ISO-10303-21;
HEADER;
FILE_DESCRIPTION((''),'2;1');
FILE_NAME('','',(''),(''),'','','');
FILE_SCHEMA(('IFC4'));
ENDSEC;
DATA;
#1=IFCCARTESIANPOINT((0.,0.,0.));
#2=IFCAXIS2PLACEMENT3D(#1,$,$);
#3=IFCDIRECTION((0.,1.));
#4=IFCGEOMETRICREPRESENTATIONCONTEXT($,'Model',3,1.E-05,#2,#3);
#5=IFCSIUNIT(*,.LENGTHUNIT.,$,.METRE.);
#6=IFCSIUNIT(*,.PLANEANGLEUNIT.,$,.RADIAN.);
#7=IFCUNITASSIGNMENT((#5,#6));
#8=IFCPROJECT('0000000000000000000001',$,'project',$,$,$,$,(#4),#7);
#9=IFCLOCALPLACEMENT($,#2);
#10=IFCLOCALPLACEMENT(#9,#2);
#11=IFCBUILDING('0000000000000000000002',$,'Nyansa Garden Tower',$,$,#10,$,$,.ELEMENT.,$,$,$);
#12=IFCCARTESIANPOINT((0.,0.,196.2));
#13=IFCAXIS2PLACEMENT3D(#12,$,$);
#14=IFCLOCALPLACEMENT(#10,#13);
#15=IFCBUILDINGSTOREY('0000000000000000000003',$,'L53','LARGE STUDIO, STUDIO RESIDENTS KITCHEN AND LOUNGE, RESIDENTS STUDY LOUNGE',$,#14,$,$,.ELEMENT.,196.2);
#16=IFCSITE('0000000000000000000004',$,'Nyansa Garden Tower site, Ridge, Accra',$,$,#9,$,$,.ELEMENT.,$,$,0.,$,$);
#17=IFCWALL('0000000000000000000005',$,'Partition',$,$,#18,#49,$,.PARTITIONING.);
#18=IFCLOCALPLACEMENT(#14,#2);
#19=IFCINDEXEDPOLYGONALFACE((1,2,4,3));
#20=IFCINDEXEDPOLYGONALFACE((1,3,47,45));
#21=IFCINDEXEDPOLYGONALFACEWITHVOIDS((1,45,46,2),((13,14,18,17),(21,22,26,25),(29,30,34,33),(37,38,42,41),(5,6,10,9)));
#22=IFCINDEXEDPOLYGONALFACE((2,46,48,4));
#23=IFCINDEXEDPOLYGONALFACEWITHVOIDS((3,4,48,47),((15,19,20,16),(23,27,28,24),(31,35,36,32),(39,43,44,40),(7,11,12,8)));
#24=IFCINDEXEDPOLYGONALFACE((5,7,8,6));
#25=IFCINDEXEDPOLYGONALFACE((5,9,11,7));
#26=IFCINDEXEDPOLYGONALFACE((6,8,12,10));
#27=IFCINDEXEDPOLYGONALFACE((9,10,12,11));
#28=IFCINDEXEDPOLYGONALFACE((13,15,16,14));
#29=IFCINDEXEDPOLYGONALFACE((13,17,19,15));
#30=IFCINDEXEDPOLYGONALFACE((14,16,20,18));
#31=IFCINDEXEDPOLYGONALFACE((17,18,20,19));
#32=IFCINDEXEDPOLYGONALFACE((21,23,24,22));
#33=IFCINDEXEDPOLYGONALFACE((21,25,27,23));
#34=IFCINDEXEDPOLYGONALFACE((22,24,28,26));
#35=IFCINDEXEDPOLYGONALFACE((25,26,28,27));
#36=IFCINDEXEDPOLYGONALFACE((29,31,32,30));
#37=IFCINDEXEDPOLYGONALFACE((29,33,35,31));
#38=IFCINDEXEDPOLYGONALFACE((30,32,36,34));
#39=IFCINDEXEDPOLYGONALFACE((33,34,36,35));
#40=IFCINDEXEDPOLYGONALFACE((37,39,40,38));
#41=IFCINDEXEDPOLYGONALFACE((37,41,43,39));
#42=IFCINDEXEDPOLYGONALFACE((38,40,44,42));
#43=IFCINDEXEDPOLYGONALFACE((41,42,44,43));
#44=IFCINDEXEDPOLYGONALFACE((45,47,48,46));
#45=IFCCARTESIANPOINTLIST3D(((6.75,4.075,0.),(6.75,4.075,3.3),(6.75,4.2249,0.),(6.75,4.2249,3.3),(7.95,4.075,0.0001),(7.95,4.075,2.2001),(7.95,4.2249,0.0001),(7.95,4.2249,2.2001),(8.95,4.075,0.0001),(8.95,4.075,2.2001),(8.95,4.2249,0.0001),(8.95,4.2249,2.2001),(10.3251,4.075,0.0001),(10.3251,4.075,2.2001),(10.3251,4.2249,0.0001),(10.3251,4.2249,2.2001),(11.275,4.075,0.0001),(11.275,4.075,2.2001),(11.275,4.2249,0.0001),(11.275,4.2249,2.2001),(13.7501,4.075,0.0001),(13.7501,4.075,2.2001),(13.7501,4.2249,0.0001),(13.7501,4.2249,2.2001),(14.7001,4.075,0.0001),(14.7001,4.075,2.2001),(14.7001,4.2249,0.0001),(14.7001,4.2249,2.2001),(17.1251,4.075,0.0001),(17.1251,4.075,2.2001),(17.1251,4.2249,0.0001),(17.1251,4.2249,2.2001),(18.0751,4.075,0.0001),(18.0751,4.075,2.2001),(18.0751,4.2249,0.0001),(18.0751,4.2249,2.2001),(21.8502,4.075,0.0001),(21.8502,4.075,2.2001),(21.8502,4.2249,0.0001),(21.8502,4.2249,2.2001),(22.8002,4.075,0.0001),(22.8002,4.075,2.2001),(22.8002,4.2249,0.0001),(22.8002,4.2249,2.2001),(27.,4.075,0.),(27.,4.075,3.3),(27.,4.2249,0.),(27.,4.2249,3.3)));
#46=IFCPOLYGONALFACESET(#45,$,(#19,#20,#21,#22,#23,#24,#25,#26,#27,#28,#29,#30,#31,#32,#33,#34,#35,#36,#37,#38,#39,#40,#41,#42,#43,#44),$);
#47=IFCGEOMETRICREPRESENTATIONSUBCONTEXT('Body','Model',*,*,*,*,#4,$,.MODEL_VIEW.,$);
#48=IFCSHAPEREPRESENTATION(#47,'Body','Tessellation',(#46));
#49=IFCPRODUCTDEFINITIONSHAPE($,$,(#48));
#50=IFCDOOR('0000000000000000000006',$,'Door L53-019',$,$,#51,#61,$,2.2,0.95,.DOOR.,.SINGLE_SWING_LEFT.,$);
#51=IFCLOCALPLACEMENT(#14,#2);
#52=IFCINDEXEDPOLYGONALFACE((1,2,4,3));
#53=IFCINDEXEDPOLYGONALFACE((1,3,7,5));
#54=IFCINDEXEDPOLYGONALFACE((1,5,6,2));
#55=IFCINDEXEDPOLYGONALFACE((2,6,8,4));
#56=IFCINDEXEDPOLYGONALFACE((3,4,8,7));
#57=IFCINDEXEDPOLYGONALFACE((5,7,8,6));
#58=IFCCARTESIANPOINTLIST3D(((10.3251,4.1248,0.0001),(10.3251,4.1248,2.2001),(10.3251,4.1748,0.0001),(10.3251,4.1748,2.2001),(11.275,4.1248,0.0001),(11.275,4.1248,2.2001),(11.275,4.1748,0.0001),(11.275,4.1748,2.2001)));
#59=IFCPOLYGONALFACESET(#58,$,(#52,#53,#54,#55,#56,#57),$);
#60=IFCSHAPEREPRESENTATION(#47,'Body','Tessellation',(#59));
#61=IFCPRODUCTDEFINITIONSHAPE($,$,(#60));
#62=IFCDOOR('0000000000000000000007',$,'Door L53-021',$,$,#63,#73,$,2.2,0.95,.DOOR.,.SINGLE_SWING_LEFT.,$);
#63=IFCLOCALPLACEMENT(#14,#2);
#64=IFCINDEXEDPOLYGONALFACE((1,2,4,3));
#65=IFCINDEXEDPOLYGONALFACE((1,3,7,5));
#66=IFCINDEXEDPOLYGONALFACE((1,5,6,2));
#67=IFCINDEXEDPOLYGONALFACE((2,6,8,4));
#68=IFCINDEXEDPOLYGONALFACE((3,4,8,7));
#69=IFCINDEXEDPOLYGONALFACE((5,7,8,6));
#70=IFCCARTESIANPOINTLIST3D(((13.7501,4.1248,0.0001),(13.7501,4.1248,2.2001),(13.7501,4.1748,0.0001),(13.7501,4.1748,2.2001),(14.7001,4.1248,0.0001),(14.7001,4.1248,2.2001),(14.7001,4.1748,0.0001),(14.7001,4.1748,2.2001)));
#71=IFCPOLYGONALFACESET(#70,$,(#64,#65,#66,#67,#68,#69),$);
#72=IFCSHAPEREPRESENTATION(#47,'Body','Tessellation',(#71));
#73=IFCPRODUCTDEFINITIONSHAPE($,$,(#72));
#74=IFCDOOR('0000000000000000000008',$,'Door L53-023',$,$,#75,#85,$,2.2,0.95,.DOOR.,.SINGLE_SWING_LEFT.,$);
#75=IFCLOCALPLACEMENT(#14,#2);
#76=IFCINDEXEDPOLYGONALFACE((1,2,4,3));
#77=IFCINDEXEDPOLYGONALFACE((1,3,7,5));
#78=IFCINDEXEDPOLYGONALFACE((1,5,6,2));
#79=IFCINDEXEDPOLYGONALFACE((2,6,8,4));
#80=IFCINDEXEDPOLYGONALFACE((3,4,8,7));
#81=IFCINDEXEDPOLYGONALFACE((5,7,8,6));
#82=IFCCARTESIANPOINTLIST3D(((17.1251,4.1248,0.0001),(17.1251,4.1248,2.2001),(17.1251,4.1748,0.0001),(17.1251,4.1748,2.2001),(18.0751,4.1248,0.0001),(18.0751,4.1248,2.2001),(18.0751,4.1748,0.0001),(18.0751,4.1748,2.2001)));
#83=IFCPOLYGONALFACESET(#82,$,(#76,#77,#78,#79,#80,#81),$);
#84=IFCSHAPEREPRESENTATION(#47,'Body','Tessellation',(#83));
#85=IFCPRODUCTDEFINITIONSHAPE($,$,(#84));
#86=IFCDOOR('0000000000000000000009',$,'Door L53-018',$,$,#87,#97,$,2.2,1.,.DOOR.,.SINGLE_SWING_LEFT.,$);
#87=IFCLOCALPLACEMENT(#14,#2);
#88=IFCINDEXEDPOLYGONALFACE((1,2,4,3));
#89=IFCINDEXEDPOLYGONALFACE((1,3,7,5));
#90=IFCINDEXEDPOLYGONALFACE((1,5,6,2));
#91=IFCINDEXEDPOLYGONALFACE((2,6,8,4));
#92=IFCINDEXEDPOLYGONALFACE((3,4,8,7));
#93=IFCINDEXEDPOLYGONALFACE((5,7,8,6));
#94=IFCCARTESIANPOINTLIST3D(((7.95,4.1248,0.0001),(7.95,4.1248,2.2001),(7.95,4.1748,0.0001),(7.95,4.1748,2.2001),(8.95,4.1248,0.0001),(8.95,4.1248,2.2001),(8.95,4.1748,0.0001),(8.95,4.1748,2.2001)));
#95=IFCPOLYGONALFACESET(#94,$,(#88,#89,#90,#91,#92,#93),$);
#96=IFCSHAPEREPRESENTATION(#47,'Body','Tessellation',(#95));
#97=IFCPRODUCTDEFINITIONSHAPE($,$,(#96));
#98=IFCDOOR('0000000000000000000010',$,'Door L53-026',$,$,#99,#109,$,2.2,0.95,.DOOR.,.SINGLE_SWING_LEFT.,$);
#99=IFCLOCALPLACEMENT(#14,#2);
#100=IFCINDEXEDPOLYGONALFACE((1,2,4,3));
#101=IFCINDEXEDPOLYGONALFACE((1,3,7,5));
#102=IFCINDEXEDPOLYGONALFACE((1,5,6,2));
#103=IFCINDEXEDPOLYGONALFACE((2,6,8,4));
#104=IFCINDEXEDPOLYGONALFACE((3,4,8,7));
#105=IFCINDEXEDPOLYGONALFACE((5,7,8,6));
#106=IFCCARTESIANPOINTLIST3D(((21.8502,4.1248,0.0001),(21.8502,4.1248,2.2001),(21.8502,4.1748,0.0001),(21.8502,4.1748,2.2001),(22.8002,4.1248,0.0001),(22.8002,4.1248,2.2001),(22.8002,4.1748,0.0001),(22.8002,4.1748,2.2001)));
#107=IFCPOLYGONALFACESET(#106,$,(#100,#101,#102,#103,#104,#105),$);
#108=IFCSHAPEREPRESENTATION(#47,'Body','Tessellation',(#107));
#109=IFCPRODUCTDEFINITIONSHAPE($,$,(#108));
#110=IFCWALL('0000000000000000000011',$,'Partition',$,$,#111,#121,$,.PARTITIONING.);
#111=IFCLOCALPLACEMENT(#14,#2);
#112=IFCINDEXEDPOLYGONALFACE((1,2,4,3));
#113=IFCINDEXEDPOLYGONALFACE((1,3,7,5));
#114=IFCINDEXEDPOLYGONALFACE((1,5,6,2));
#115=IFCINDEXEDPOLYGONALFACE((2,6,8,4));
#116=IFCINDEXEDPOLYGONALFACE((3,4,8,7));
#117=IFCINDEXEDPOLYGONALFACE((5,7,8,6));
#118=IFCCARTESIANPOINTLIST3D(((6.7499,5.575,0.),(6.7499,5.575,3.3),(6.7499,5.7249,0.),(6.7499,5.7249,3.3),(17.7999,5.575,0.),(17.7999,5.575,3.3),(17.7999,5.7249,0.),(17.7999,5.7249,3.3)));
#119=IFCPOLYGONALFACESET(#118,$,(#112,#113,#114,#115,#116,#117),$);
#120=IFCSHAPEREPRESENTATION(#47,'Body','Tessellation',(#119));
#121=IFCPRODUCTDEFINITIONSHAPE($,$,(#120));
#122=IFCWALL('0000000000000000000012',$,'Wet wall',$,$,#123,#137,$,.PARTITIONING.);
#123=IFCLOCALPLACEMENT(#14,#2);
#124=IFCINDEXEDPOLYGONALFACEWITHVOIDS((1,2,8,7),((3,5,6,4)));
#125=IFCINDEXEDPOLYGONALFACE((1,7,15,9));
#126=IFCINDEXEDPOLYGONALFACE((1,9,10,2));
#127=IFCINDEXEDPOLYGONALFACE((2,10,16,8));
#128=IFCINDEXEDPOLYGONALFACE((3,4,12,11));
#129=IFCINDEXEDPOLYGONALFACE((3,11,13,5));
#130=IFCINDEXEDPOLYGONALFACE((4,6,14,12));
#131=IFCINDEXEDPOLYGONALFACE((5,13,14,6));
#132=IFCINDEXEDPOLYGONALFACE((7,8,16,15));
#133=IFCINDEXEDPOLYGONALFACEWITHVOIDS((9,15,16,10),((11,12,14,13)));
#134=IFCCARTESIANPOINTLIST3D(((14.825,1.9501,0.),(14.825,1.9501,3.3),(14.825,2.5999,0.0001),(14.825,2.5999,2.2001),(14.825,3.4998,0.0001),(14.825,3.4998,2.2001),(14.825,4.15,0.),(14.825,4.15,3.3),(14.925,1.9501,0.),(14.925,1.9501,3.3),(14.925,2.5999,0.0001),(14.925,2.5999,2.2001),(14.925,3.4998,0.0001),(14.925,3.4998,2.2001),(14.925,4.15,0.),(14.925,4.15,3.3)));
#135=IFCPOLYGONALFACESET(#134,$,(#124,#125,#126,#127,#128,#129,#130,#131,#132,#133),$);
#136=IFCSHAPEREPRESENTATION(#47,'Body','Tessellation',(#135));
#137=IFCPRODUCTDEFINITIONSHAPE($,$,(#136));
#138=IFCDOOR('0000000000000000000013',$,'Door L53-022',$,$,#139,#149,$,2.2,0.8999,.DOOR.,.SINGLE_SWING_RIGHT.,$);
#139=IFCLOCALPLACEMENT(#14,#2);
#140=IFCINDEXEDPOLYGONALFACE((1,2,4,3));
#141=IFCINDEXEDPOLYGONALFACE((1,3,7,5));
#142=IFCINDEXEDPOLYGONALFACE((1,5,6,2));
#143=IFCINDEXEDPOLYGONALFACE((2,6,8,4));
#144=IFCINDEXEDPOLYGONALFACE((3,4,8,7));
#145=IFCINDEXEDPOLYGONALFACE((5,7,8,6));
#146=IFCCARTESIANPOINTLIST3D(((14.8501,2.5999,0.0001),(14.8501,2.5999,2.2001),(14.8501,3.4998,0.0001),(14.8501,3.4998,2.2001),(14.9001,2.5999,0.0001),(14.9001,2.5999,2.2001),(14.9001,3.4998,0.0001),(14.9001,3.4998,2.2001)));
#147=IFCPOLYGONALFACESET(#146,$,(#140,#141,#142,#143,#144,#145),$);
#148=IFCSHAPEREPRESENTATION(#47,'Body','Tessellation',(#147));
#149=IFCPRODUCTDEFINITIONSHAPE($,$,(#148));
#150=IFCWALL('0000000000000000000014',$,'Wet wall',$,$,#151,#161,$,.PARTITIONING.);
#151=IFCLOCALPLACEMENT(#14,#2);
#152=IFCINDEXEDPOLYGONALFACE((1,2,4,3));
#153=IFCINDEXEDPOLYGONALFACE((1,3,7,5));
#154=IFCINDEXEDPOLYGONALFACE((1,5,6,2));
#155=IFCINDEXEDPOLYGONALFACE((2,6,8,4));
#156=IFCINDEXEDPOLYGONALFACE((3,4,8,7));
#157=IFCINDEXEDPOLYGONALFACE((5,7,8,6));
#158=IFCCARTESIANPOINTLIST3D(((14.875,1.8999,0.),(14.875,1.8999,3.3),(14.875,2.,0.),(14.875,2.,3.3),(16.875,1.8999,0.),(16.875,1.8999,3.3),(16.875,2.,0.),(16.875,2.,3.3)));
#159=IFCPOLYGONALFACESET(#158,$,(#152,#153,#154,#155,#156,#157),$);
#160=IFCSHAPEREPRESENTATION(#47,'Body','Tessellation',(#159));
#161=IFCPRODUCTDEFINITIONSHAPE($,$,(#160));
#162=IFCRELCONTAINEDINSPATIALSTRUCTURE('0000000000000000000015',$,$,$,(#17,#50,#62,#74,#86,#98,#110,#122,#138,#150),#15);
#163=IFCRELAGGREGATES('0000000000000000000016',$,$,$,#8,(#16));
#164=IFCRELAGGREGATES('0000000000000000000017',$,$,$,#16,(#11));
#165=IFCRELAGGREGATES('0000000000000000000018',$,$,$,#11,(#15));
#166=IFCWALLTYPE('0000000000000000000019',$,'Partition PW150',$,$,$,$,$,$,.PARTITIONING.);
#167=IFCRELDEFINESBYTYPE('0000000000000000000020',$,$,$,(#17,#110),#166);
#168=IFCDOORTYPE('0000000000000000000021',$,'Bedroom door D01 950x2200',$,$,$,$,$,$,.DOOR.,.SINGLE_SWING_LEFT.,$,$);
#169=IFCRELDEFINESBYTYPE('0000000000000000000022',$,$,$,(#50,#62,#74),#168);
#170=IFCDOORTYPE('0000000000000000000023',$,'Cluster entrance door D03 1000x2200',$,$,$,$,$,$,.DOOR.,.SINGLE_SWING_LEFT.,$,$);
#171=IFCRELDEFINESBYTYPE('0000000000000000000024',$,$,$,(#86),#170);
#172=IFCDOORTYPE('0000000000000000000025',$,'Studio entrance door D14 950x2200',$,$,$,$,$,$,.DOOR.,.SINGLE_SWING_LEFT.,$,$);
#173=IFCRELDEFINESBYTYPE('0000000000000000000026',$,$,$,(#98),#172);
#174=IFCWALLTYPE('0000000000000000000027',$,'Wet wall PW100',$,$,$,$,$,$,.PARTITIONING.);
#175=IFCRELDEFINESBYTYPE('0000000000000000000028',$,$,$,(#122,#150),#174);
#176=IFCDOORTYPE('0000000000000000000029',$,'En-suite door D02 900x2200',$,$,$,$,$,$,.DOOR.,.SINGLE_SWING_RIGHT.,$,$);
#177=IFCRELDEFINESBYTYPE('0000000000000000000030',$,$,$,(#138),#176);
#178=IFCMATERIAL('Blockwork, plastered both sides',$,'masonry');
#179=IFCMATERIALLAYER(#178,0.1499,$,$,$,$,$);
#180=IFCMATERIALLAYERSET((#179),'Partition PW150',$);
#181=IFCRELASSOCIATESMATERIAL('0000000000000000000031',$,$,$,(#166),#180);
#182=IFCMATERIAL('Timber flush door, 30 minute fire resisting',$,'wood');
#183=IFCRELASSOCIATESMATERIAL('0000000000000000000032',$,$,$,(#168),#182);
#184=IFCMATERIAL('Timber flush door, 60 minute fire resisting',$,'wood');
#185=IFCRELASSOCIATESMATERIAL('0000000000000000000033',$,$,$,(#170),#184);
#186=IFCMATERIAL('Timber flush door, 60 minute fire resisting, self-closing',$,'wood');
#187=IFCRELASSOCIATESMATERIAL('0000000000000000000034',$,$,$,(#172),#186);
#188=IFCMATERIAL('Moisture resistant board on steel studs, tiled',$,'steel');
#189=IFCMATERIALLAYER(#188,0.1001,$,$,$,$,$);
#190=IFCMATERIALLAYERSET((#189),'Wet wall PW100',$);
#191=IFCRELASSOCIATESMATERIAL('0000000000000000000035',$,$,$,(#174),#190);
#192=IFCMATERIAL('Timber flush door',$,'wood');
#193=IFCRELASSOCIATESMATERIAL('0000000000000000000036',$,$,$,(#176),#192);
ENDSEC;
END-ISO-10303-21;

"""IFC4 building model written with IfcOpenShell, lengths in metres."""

from ifc_helpers import new_model, si_unit, direction, frame, frame_2d, origin, place, context, subcontext, project, spatial, rectangle, extrude, material, layer, layer_set, type_object, element, fill, save


model = new_model("IFC4")

# Units and contexts
model_context = context("Model", 3, precision=1e-05, world=origin(), true_north=direction((0.0, 1.0)))
body_context = subcontext(model_context, "Body", "Model", "MODEL_VIEW")
ifc_project = project(units=[si_unit("LENGTHUNIT", "METRE"), si_unit("PLANEANGLEUNIT", "RADIAN")], contexts=[model_context])

# Site, building, storey
site_placement = place(None, origin())
site = spatial("IfcSite", under=ifc_project, at=site_placement, Name="Nyansa Garden Tower site, Ridge, Accra", CompositionType="ELEMENT", RefElevation=0.0)
building_placement = place(site_placement, origin())
building = spatial("IfcBuilding", under=site, at=building_placement, Name="Nyansa Garden Tower", CompositionType="ELEMENT")
storey_placement = place(building_placement, frame((0.0, 0.0, 196.2)))
storey = spatial("IfcBuildingStorey", under=building, at=storey_placement, Name="L53", Description="LARGE STUDIO, STUDIO RESIDENTS KITCHEN AND LOUNGE, RESIDENTS STUDY LOUNGE", CompositionType="ELEMENT", Elevation=196.2)

# Shared definitions
ifc_material_1 = material(Name="Blockwork, plastered both sides", Category="masonry")
ifc_layer_1 = layer(ifc_material_1, 0.1499)
ifc_layer_set_1 = layer_set([ifc_layer_1], Name="Partition PW150")
wall_type_1 = type_object("IfcWallType", Name="Partition PW150", PredefinedType="PARTITIONING", material=ifc_layer_set_1)

# Wall, openings, doors
wall_1_placement = place(storey_placement, frame((6.75, 4.1499, 0.0), z_axis=(0.0, 0.0, 1.0), x_axis=(1.0, 0.0, 0.0)))
wall_1 = element("IfcWall", 1, at=wall_1_placement, inside=storey, type_object=wall_type_1, Name="Partition", PredefinedType="PARTITIONING", context=body_context, shape_type="SweptSolid", body=[
    extrude(rectangle(XDim=20.25, YDim=0.1499, at=frame_2d((10.125, 0.0))), origin(), (0.0, 0.0, 1.0), 3.3),
])
opening_1_placement = place(wall_1_placement, frame((1.2, 0.0, 0.0)))
opening_1 = element("IfcOpeningElement", 2, at=opening_1_placement, cuts=wall_1, PredefinedType="OPENING", context=body_context, shape_type="SweptSolid", body=[
    extrude(rectangle(XDim=1.0, YDim=2.2, at=frame_2d((0.5, 1.1001))), frame((0.0, 0.085, 0.0), z_axis=(0.0, -1.0, 0.0), x_axis=(1.0, 0.0, 0.0)), (0.0, 0.0, 1.0), 0.1699),
])
opening_2_placement = place(wall_1_placement, frame((3.575, 0.0, 0.0)))
opening_2 = element("IfcOpeningElement", 3, at=opening_2_placement, cuts=wall_1, PredefinedType="OPENING", context=body_context, shape_type="SweptSolid", body=[
    extrude(rectangle(XDim=0.95, YDim=2.2, at=frame_2d((0.4751, 1.1001))), frame((0.0, 0.085, 0.0), z_axis=(0.0, -1.0, 0.0), x_axis=(1.0, 0.0, 0.0)), (0.0, 0.0, 1.0), 0.1699),
])
opening_3_placement = place(wall_1_placement, frame((7.0, 0.0, 0.0)))
opening_3 = element("IfcOpeningElement", 4, at=opening_3_placement, cuts=wall_1, PredefinedType="OPENING", context=body_context, shape_type="SweptSolid", body=[
    extrude(rectangle(XDim=0.95, YDim=2.2, at=frame_2d((0.4751, 1.1001))), frame((0.0, 0.085, 0.0), z_axis=(0.0, -1.0, 0.0), x_axis=(1.0, 0.0, 0.0)), (0.0, 0.0, 1.0), 0.1699),
])
opening_4_placement = place(wall_1_placement, frame((10.375, 0.0, 0.0)))
opening_4 = element("IfcOpeningElement", 5, at=opening_4_placement, cuts=wall_1, PredefinedType="OPENING", context=body_context, shape_type="SweptSolid", body=[
    extrude(rectangle(XDim=0.95, YDim=2.2, at=frame_2d((0.4751, 1.1001))), frame((0.0, 0.085, 0.0), z_axis=(0.0, -1.0, 0.0), x_axis=(1.0, 0.0, 0.0)), (0.0, 0.0, 1.0), 0.1699),
])
opening_5_placement = place(wall_1_placement, frame((15.1001, 0.0, 0.0)))
opening_5 = element("IfcOpeningElement", 6, at=opening_5_placement, cuts=wall_1, PredefinedType="OPENING", context=body_context, shape_type="SweptSolid", body=[
    extrude(rectangle(XDim=0.95, YDim=2.2, at=frame_2d((0.4751, 1.1001))), frame((0.0, 0.085, 0.0), z_axis=(0.0, -1.0, 0.0), x_axis=(1.0, 0.0, 0.0)), (0.0, 0.0, 1.0), 0.1699),
])
ifc_material_2 = material(Name="Timber flush door, 30 minute fire resisting", Category="wood")
door_type_1 = type_object("IfcDoorType", Name="Bedroom door D01 950x2200", OperationType="SINGLE_SWING_LEFT", PredefinedType="DOOR", material=ifc_material_2)
door_1_placement = place(opening_2_placement, origin())
door_1 = element("IfcDoor", 7, at=door_1_placement, inside=storey, type_object=door_type_1, Name="Door L53-019", OperationType="SINGLE_SWING_LEFT", OverallHeight=2.2, OverallWidth=0.95, PredefinedType="DOOR", context=body_context, shape_type="SweptSolid", body=[
    extrude(rectangle(XDim=0.95, YDim=2.2, at=frame_2d((0.4751, 1.1001))), frame((0.0, 0.0249, 0.0), z_axis=(0.0, -1.0, 0.0), x_axis=(1.0, 0.0, 0.0)), (0.0, 0.0, 1.0), 0.05),
])
fill(opening_2, door_1)
door_2_placement = place(opening_3_placement, origin())
door_2 = element("IfcDoor", 8, at=door_2_placement, inside=storey, type_object=door_type_1, Name="Door L53-021", OperationType="SINGLE_SWING_LEFT", OverallHeight=2.2, OverallWidth=0.95, PredefinedType="DOOR", context=body_context, shape_type="SweptSolid", body=[
    extrude(rectangle(XDim=0.95, YDim=2.2, at=frame_2d((0.4751, 1.1001))), frame((0.0, 0.0249, 0.0), z_axis=(0.0, -1.0, 0.0), x_axis=(1.0, 0.0, 0.0)), (0.0, 0.0, 1.0), 0.05),
])
fill(opening_3, door_2)
door_3_placement = place(opening_4_placement, origin())
door_3 = element("IfcDoor", 9, at=door_3_placement, inside=storey, type_object=door_type_1, Name="Door L53-023", OperationType="SINGLE_SWING_LEFT", OverallHeight=2.2, OverallWidth=0.95, PredefinedType="DOOR", context=body_context, shape_type="SweptSolid", body=[
    extrude(rectangle(XDim=0.95, YDim=2.2, at=frame_2d((0.4751, 1.1001))), frame((0.0, 0.0249, 0.0), z_axis=(0.0, -1.0, 0.0), x_axis=(1.0, 0.0, 0.0)), (0.0, 0.0, 1.0), 0.05),
])
fill(opening_4, door_3)
ifc_material_3 = material(Name="Timber flush door, 60 minute fire resisting", Category="wood")
door_type_2 = type_object("IfcDoorType", Name="Cluster entrance door D03 1000x2200", OperationType="SINGLE_SWING_LEFT", PredefinedType="DOOR", material=ifc_material_3)
door_4_placement = place(opening_1_placement, origin())
door_4 = element("IfcDoor", 10, at=door_4_placement, inside=storey, type_object=door_type_2, Name="Door L53-018", OperationType="SINGLE_SWING_LEFT", OverallHeight=2.2, OverallWidth=1.0, PredefinedType="DOOR", context=body_context, shape_type="SweptSolid", body=[
    extrude(rectangle(XDim=1.0, YDim=2.2, at=frame_2d((0.5, 1.1001))), frame((0.0, 0.0249, 0.0), z_axis=(0.0, -1.0, 0.0), x_axis=(1.0, 0.0, 0.0)), (0.0, 0.0, 1.0), 0.05),
])
fill(opening_1, door_4)
ifc_material_4 = material(Name="Timber flush door, 60 minute fire resisting, self-closing", Category="wood")
door_type_3 = type_object("IfcDoorType", Name="Studio entrance door D14 950x2200", OperationType="SINGLE_SWING_LEFT", PredefinedType="DOOR", material=ifc_material_4)
door_5_placement = place(opening_5_placement, origin())
door_5 = element("IfcDoor", 11, at=door_5_placement, inside=storey, type_object=door_type_3, Name="Door L53-026", OperationType="SINGLE_SWING_LEFT", OverallHeight=2.2, OverallWidth=0.95, PredefinedType="DOOR", context=body_context, shape_type="SweptSolid", body=[
    extrude(rectangle(XDim=0.95, YDim=2.2, at=frame_2d((0.4751, 1.1001))), frame((0.0, 0.0249, 0.0), z_axis=(0.0, -1.0, 0.0), x_axis=(1.0, 0.0, 0.0)), (0.0, 0.0, 1.0), 0.05),
])
fill(opening_5, door_5)

# Wall
wall_2_placement = place(storey_placement, frame((6.75, 5.6499, 0.0), z_axis=(0.0, 0.0, 1.0), x_axis=(1.0, 0.0, 0.0)))
element("IfcWall", 12, at=wall_2_placement, inside=storey, type_object=wall_type_1, Name="Partition", PredefinedType="PARTITIONING", context=body_context, shape_type="SweptSolid", body=[
    extrude(rectangle(XDim=11.05, YDim=0.1499, at=frame_2d((5.5249, 0.0))), origin(), (0.0, 0.0, 1.0), 3.3),
])

# Wall, opening, door
ifc_material_5 = material(Name="Moisture resistant board on steel studs, tiled", Category="steel")
ifc_layer_2 = layer(ifc_material_5, 0.1001)
ifc_layer_set_2 = layer_set([ifc_layer_2], Name="Wet wall PW100")
wall_type_2 = type_object("IfcWallType", Name="Wet wall PW100", PredefinedType="PARTITIONING", material=ifc_layer_set_2)
wall_3_placement = place(storey_placement, frame((14.875, 1.95, 0.0), z_axis=(0.0, 0.0, 1.0), x_axis=(0.0, 1.0, 0.0)))
wall_3 = element("IfcWall", 13, at=wall_3_placement, inside=storey, type_object=wall_type_2, Name="Wet wall", PredefinedType="PARTITIONING", context=body_context, shape_type="SweptSolid", body=[
    extrude(rectangle(XDim=2.2, YDim=0.1001, at=frame_2d((1.1001, 0.0))), origin(), (0.0, 0.0, 1.0), 3.3),
])
opening_6_placement = place(wall_3_placement, frame((0.6499, 0.0, 0.0)))
opening_6 = element("IfcOpeningElement", 14, at=opening_6_placement, cuts=wall_3, PredefinedType="OPENING", context=body_context, shape_type="SweptSolid", body=[
    extrude(rectangle(XDim=0.8999, YDim=2.2, at=frame_2d((0.45, 1.1001))), frame((0.0, 0.0601, 0.0), z_axis=(0.0, -1.0, 0.0), x_axis=(1.0, 0.0, 0.0)), (0.0, 0.0, 1.0), 0.1201),
])
ifc_material_6 = material(Name="Timber flush door", Category="wood")
door_type_4 = type_object("IfcDoorType", Name="En-suite door D02 900x2200", OperationType="SINGLE_SWING_RIGHT", PredefinedType="DOOR", material=ifc_material_6)
door_6_placement = place(opening_6_placement, origin())
door_6 = element("IfcDoor", 15, at=door_6_placement, inside=storey, type_object=door_type_4, Name="Door L53-022", OperationType="SINGLE_SWING_RIGHT", OverallHeight=2.2, OverallWidth=0.8999, PredefinedType="DOOR", context=body_context, shape_type="SweptSolid", body=[
    extrude(rectangle(XDim=0.8999, YDim=2.2, at=frame_2d((0.45, 1.1001))), frame((0.0, 0.0249, 0.0), z_axis=(0.0, -1.0, 0.0), x_axis=(1.0, 0.0, 0.0)), (0.0, 0.0, 1.0), 0.05),
])
fill(opening_6, door_6)

# Wall
wall_4_placement = place(storey_placement, frame((14.875, 1.95, 0.0), z_axis=(0.0, 0.0, 1.0), x_axis=(1.0, 0.0, 0.0)))
element("IfcWall", 16, at=wall_4_placement, inside=storey, type_object=wall_type_2, Name="Wet wall", PredefinedType="PARTITIONING", context=body_context, shape_type="SweptSolid", body=[
    extrude(rectangle(XDim=2.0, YDim=0.1001, at=frame_2d((1.0, 0.0))), origin(), (0.0, 0.0, 1.0), 3.3),
])

save(model, "model.ifc")
